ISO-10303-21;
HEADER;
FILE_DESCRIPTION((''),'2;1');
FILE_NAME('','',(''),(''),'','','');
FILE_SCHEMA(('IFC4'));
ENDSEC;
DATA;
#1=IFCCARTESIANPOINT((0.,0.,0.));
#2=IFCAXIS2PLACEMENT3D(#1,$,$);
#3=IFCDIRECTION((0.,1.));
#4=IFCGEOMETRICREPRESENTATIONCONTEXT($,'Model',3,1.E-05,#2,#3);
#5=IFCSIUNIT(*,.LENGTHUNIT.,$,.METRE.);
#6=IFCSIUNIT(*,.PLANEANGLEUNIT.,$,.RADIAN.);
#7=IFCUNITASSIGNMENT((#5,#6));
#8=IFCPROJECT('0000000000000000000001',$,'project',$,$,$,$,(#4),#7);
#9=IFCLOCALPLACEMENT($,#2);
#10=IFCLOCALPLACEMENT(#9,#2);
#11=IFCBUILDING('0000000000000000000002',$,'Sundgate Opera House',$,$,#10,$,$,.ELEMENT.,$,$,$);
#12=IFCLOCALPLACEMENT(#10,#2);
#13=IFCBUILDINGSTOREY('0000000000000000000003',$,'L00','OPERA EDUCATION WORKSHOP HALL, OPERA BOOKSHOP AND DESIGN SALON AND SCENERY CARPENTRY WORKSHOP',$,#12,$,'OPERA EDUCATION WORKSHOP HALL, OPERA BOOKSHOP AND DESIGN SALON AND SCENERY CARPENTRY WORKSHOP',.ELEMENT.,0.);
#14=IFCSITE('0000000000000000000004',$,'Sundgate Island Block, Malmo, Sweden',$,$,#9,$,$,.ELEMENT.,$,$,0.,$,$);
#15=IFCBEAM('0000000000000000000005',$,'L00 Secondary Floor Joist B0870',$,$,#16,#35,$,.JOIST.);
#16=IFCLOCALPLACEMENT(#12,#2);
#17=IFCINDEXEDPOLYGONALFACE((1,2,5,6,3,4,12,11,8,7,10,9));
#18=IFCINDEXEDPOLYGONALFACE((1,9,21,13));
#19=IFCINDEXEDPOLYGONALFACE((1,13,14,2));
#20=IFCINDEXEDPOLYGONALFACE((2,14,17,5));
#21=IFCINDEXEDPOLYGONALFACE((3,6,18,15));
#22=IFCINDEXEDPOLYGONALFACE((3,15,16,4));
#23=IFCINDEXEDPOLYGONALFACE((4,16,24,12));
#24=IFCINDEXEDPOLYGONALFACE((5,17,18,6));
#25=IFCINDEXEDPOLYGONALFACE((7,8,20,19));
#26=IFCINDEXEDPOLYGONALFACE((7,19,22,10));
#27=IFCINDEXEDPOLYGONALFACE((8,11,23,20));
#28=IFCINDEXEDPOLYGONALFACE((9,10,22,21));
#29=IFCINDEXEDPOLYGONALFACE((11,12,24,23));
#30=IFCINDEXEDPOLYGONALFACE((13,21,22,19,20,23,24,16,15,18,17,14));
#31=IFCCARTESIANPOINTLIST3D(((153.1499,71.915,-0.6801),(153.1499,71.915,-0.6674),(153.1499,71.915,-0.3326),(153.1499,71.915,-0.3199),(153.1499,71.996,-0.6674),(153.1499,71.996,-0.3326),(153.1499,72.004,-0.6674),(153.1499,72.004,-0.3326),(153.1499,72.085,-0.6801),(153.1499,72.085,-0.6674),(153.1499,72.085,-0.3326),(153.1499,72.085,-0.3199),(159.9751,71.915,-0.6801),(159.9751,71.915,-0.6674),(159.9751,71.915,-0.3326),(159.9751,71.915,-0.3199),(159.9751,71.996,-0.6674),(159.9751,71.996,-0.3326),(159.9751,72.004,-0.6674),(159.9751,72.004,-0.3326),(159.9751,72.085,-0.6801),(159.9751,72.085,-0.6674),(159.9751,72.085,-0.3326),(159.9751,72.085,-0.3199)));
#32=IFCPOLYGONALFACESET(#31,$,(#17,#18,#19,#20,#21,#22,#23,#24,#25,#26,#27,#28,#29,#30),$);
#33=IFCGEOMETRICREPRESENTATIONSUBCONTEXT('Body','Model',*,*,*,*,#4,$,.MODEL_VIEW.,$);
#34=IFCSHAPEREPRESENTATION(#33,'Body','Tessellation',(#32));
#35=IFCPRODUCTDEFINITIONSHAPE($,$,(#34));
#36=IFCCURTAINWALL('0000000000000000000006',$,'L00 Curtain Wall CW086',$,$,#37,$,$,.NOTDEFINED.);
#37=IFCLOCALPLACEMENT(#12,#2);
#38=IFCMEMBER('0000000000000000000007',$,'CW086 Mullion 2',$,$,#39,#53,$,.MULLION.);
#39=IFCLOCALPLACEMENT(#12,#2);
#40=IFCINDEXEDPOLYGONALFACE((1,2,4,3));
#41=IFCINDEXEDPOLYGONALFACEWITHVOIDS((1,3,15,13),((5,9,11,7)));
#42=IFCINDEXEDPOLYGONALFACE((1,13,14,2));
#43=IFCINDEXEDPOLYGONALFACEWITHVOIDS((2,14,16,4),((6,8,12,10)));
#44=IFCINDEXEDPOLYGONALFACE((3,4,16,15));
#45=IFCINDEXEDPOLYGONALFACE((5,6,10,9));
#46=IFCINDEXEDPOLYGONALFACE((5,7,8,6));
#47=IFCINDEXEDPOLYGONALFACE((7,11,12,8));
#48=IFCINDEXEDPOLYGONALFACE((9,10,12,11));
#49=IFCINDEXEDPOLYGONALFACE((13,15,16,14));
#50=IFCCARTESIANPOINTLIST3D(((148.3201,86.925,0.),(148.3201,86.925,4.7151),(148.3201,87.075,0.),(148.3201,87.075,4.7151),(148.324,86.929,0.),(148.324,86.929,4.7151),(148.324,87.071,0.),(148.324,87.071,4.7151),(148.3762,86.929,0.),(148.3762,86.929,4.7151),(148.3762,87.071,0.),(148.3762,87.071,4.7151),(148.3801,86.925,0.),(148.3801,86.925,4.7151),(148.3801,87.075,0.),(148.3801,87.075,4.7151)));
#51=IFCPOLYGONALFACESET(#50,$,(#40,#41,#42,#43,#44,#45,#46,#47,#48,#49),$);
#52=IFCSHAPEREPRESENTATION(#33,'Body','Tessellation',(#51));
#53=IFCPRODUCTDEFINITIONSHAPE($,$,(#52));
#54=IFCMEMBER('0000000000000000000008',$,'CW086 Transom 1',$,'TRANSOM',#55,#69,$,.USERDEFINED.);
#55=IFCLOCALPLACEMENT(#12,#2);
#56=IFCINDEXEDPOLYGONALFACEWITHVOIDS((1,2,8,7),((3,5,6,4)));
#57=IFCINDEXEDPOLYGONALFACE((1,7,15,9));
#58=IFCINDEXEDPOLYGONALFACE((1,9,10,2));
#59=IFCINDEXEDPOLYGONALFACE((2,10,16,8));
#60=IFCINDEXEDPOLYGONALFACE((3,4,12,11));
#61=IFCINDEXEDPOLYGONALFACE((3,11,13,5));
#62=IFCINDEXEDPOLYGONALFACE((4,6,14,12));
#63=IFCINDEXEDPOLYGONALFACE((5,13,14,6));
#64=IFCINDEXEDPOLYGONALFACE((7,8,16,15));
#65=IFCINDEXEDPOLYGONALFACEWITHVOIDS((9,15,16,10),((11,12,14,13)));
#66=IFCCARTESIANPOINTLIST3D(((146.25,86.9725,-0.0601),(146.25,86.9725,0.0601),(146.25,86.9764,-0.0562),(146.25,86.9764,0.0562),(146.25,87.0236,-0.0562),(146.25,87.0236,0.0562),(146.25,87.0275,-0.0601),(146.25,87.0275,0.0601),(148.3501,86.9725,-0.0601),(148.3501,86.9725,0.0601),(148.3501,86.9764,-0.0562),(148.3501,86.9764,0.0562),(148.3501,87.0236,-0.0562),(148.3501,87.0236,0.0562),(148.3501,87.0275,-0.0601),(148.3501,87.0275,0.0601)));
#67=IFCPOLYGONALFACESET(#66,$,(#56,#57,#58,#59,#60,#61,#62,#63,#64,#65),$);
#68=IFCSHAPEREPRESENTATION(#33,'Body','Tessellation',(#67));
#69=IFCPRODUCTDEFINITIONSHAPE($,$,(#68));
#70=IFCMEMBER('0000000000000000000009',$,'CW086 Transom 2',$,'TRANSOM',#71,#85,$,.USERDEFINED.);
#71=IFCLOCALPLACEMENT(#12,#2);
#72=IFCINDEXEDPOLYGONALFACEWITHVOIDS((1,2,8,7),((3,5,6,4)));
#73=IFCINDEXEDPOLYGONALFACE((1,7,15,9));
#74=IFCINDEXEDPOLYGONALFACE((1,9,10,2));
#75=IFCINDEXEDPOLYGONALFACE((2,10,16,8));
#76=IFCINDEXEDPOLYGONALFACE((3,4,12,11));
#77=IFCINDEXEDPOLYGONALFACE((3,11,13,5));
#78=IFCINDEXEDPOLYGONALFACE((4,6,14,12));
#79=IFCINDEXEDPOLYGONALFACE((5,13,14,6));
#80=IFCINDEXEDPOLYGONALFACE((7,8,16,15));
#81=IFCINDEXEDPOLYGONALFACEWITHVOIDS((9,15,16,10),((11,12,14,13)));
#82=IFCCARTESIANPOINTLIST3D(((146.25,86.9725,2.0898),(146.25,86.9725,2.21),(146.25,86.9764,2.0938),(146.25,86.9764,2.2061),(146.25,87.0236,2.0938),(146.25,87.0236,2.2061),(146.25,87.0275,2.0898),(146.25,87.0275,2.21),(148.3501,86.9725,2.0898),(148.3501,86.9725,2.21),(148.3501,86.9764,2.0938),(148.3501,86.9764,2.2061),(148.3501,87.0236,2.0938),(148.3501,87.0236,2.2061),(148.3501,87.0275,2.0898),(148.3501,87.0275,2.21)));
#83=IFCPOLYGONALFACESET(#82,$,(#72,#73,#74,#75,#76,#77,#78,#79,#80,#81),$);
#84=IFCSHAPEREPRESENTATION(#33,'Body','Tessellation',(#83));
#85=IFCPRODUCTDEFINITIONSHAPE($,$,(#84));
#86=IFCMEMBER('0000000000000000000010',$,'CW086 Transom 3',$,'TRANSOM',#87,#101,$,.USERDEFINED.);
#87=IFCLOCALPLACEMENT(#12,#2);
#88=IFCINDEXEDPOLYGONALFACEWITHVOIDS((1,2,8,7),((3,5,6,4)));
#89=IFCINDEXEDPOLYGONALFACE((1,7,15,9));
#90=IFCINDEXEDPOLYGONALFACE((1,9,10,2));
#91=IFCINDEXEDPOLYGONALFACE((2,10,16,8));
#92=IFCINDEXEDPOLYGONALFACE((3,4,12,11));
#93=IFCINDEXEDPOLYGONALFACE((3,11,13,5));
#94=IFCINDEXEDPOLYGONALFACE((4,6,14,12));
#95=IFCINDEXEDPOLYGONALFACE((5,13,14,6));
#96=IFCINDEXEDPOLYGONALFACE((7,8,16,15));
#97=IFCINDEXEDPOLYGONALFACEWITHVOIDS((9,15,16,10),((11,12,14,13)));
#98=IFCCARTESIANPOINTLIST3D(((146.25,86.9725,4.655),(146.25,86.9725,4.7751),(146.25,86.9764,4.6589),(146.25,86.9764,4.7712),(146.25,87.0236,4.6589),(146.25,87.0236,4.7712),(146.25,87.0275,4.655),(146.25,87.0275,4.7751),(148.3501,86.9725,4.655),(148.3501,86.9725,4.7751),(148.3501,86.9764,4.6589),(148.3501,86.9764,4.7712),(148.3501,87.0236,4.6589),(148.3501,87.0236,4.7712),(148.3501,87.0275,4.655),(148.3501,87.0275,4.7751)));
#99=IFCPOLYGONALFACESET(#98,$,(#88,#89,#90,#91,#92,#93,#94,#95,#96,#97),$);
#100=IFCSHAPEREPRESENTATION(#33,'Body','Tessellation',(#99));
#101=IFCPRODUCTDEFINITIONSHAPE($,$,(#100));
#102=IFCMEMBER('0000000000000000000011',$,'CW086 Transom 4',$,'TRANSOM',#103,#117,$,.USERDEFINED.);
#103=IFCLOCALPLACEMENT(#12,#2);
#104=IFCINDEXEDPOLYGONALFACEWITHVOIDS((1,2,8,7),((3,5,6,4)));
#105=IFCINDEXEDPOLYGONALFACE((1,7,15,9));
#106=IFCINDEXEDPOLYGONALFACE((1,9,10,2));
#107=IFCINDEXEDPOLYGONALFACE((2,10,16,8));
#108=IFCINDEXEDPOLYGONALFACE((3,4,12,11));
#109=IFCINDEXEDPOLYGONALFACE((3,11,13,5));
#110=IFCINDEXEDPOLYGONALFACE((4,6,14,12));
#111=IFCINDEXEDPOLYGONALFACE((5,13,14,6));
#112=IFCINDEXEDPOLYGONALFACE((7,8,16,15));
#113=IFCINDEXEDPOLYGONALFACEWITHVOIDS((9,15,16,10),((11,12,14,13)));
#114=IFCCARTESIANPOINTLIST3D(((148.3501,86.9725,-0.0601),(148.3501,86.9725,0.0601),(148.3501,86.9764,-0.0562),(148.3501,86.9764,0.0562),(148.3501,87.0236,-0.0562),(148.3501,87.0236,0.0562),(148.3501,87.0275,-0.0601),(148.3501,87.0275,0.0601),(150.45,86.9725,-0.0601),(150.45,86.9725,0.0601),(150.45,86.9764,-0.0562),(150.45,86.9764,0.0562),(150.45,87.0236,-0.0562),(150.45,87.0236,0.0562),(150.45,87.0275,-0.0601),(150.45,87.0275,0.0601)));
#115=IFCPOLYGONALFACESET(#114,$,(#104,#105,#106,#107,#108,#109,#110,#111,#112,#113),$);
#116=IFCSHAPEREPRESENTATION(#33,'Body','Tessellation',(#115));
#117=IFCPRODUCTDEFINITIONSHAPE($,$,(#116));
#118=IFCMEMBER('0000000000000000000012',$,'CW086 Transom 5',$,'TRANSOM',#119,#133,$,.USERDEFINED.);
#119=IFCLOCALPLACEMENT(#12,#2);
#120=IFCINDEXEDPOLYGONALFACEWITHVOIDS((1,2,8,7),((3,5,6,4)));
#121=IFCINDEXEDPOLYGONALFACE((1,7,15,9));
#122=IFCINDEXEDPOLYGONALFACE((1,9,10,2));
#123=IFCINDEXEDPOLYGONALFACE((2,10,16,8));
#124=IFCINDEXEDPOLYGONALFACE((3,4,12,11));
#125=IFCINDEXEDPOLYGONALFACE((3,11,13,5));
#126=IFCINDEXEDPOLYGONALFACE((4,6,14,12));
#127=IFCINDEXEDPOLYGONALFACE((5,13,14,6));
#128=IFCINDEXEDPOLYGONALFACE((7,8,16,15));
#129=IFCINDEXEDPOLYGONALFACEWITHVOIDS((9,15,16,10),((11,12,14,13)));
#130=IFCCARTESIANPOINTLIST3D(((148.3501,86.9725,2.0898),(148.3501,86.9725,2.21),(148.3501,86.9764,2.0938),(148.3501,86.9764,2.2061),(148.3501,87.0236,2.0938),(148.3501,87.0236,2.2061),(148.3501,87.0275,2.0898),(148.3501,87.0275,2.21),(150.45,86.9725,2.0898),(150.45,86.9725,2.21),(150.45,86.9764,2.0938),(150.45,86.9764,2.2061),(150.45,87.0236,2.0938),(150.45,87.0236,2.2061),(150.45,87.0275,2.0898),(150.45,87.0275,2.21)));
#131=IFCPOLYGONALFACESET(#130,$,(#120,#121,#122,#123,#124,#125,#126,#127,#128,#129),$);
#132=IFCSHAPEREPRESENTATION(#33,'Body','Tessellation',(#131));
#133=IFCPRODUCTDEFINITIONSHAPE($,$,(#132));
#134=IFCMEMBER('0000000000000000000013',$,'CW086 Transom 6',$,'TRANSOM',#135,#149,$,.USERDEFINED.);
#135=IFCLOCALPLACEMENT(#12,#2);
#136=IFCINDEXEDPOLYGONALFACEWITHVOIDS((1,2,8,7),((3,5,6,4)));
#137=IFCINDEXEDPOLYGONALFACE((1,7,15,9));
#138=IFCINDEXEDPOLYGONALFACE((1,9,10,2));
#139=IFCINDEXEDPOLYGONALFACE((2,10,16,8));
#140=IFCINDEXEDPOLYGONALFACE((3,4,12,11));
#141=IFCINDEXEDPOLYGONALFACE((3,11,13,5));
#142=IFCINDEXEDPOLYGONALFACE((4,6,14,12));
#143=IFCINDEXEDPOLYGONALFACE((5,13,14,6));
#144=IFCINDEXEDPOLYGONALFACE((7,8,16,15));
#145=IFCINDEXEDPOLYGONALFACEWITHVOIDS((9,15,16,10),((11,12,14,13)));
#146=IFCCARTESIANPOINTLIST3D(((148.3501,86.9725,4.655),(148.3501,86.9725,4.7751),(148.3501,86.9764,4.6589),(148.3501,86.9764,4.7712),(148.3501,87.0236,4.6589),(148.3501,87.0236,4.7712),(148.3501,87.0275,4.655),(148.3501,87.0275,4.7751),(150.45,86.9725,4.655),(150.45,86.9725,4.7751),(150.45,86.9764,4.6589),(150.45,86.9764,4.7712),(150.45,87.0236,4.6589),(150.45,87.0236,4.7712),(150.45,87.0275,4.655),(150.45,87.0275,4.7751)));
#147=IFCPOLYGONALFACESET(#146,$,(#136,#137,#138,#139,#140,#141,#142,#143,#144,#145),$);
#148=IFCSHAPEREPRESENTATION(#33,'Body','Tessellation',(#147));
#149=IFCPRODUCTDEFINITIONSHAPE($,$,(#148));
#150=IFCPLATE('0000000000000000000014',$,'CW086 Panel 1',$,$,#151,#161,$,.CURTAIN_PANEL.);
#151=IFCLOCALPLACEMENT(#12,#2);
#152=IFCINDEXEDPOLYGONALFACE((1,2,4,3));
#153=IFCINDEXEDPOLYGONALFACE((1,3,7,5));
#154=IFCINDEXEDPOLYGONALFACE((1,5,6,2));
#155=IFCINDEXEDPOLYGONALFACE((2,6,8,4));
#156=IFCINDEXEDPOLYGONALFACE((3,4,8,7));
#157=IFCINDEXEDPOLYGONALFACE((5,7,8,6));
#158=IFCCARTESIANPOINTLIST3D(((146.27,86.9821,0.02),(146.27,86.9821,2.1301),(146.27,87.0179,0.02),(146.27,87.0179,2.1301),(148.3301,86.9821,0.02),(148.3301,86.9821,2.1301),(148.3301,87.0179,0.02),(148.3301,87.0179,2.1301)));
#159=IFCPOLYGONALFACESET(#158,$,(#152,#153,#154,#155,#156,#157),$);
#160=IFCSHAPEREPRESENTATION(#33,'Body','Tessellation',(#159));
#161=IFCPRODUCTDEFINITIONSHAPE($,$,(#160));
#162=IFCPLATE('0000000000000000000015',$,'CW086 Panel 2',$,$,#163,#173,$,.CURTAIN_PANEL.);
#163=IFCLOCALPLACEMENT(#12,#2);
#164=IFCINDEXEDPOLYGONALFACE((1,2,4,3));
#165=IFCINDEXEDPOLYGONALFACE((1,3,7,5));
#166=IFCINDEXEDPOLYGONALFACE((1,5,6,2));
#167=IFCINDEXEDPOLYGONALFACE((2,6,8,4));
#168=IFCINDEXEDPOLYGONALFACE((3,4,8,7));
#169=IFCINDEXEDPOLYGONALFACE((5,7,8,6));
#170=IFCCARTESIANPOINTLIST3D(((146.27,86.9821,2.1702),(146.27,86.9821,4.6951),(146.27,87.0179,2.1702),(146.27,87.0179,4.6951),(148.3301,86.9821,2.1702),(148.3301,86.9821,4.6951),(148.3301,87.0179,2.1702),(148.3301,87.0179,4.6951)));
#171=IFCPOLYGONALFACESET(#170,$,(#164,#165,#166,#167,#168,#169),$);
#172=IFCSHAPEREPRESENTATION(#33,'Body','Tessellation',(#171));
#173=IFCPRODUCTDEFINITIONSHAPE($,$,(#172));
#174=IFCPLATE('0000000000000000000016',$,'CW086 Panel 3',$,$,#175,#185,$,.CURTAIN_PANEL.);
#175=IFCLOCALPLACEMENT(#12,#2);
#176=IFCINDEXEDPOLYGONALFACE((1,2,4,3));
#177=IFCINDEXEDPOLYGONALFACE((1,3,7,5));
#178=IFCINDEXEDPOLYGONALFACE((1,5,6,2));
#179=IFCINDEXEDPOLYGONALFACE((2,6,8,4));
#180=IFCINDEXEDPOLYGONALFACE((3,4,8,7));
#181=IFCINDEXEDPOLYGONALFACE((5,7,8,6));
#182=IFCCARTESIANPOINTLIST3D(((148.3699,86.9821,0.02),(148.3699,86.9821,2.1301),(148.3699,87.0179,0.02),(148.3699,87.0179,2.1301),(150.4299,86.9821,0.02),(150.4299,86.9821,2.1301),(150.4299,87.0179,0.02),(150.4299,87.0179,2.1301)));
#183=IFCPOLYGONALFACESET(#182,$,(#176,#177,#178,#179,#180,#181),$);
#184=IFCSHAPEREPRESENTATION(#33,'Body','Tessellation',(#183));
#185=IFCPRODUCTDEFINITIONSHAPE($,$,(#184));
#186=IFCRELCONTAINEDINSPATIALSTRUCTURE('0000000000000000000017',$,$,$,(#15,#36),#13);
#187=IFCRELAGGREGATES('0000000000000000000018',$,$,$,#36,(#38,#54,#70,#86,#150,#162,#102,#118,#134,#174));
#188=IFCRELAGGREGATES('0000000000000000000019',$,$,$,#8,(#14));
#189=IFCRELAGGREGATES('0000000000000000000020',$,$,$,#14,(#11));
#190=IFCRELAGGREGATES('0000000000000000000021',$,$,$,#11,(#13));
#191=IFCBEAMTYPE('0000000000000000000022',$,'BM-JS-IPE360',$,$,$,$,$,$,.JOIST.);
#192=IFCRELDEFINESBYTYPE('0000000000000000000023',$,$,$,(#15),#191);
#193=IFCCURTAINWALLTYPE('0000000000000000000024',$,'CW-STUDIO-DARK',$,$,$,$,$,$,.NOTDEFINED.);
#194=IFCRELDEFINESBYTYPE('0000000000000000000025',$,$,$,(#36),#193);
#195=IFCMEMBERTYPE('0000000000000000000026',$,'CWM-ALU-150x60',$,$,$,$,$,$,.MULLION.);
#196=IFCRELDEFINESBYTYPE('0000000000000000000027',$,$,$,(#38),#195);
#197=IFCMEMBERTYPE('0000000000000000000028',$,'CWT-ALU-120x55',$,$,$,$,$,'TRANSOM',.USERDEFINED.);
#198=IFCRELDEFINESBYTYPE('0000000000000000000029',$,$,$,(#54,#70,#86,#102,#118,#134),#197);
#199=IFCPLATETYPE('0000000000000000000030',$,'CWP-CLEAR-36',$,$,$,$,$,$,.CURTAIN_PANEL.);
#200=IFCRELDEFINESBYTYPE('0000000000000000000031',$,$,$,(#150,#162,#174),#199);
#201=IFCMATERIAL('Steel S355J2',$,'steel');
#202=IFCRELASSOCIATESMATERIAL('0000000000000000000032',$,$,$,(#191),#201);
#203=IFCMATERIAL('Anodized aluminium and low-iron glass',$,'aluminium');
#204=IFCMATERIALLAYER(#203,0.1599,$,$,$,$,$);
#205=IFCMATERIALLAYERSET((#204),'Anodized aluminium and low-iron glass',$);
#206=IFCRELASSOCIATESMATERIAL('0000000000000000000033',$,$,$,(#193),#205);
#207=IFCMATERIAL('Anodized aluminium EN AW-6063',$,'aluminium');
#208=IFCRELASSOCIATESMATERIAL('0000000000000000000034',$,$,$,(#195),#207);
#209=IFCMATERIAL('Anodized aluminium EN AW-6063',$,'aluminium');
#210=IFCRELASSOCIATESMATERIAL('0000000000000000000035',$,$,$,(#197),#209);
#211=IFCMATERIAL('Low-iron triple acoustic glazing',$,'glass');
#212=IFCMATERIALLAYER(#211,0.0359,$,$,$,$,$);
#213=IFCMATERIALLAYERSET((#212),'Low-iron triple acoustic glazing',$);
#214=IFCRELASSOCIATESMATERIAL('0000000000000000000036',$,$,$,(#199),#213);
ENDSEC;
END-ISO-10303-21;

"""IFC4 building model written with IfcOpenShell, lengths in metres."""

from ifc_helpers import new_model, si_unit, direction, frame, origin, origin_2d, place, context, subcontext, project, spatial, rectangle, hollow_rectangle, i_section, extrude, material, layer, layer_set, material_profile, profile_set, type_object, element, aggregate, save


model = new_model("IFC4")

# Units and contexts
model_context = context("Model", 3, precision=1e-05, world=origin(), true_north=direction((0.0, 1.0)))
body_context = subcontext(model_context, "Body", "Model", "MODEL_VIEW")
ifc_project = project(units=[si_unit("LENGTHUNIT", "METRE"), si_unit("PLANEANGLEUNIT", "RADIAN")], contexts=[model_context])

# Site, building, storey
site_placement = place(None, origin())
site = spatial("IfcSite", under=ifc_project, at=site_placement, Name="Sundgate Island Block, Malmo, Sweden", CompositionType="ELEMENT", RefElevation=0.0)
building_placement = place(site_placement, origin())
building = spatial("IfcBuilding", under=site, at=building_placement, Name="Sundgate Opera House", CompositionType="ELEMENT")
storey_placement = place(building_placement, origin())
storey = spatial("IfcBuildingStorey", under=building, at=storey_placement, Name="L00", Description="OPERA EDUCATION WORKSHOP HALL, OPERA BOOKSHOP AND DESIGN SALON AND SCENERY CARPENTRY WORKSHOP", LongName="OPERA EDUCATION WORKSHOP HALL, OPERA BOOKSHOP AND DESIGN SALON AND SCENERY CARPENTRY WORKSHOP", CompositionType="ELEMENT", Elevation=0.0)

# Beam
ifc_material_1 = material(Name="Steel S355J2", Category="steel")
ifc_material_profile_1 = material_profile(ifc_material_1, i_section(OverallWidth=0.1699, OverallDepth=0.3601, WebThickness=0.0081, FlangeThickness=0.0127, at=origin_2d()), Name="IPE 360")
ifc_profile_set_1 = profile_set([ifc_material_profile_1], Name="Steel S355J2")
beam_type_1 = type_object("IfcBeamType", Name="BM-JS-IPE360", PredefinedType="JOIST", material=ifc_profile_set_1)
beam_1_placement = place(storey_placement, frame((153.1499, 72.0, -0.5), z_axis=(1.0, 0.0, 0.0), x_axis=(0.0, 1.0, 0.0)))
element("IfcBeam", 1, at=beam_1_placement, inside=storey, type_object=beam_type_1, Name="L00 Secondary Floor Joist B0870", PredefinedType="JOIST", context=body_context, shape_type="SweptSolid", body=[
    extrude(i_section(OverallWidth=0.1699, OverallDepth=0.3601, WebThickness=0.0081, FlangeThickness=0.0127, at=origin_2d()), origin(), (0.0, 0.0, 1.0), 6.8252),
])

# Curtain wall, members, plates
ifc_material_2 = material(Name="Anodized aluminium and low-iron glass", Category="aluminium")
ifc_layer_1 = layer(ifc_material_2, 0.1599)
ifc_layer_set_1 = layer_set([ifc_layer_1], Name="Anodized aluminium and low-iron glass")
curtain_wall_type = type_object("IfcCurtainWallType", Name="CW-STUDIO-DARK", PredefinedType="NOTDEFINED", material=ifc_layer_set_1)
curtain_wall_placement = place(storey_placement, origin())
curtain_wall = element("IfcCurtainWall", 2, at=curtain_wall_placement, inside=storey, type_object=curtain_wall_type, Name="L00 Curtain Wall CW086", PredefinedType="NOTDEFINED")
ifc_material_3 = material(Name="Anodized aluminium EN AW-6063", Category="aluminium")
ifc_material_profile_2 = material_profile(ifc_material_3, hollow_rectangle(XDim=0.0601, YDim=0.1499, WallThickness=0.0039, at=origin_2d()), Name="CWM 150x60x4")
ifc_profile_set_2 = profile_set([ifc_material_profile_2], Name="Anodized aluminium EN AW-6063")
member_type_1 = type_object("IfcMemberType", Name="CWM-ALU-150x60", PredefinedType="MULLION", material=ifc_profile_set_2)
member_1_placement = place(storey_placement, frame((148.3501, 87.0, 0.0), z_axis=(0.0, 0.0, 1.0), x_axis=(1.0, 0.0, 0.0)))
member_1 = element("IfcMember", 3, at=member_1_placement, type_object=member_type_1, Name="CW086 Mullion 2", PredefinedType="MULLION", context=body_context, shape_type="SweptSolid", body=[
    extrude(hollow_rectangle(XDim=0.0601, YDim=0.1499, WallThickness=0.0039, at=origin_2d()), origin(), (0.0, 0.0, 1.0), 4.7151),
])
ifc_material_4 = material(Name="Anodized aluminium EN AW-6063", Category="aluminium")
ifc_material_profile_3 = material_profile(ifc_material_4, hollow_rectangle(XDim=0.0549, YDim=0.1201, WallThickness=0.0039, at=origin_2d()), Name="CWT 120x55x4")
ifc_profile_set_3 = profile_set([ifc_material_profile_3], Name="Anodized aluminium EN AW-6063")
member_type_2 = type_object("IfcMemberType", Name="CWT-ALU-120x55", ElementType="TRANSOM", PredefinedType="USERDEFINED", material=ifc_profile_set_3)
member_2_placement = place(storey_placement, frame((146.25, 87.0, 0.0), z_axis=(1.0, 0.0, 0.0), x_axis=(0.0, 1.0, 0.0)))
member_2 = element("IfcMember", 4, at=member_2_placement, type_object=member_type_2, Name="CW086 Transom 1", ObjectType="TRANSOM", PredefinedType="USERDEFINED", context=body_context, shape_type="SweptSolid", body=[
    extrude(hollow_rectangle(XDim=0.0549, YDim=0.1201, WallThickness=0.0039, at=origin_2d()), origin(), (0.0, 0.0, 1.0), 2.1001),
])
member_3_placement = place(storey_placement, frame((146.25, 87.0, 2.1499), z_axis=(1.0, 0.0, 0.0), x_axis=(0.0, 1.0, 0.0)))
member_3 = element("IfcMember", 5, at=member_3_placement, type_object=member_type_2, Name="CW086 Transom 2", ObjectType="TRANSOM", PredefinedType="USERDEFINED", context=body_context, shape_type="SweptSolid", body=[
    extrude(hollow_rectangle(XDim=0.0549, YDim=0.1201, WallThickness=0.0039, at=origin_2d()), origin(), (0.0, 0.0, 1.0), 2.1001),
])
member_4_placement = place(storey_placement, frame((146.25, 87.0, 4.7151), z_axis=(1.0, 0.0, 0.0), x_axis=(0.0, 1.0, 0.0)))
member_4 = element("IfcMember", 6, at=member_4_placement, type_object=member_type_2, Name="CW086 Transom 3", ObjectType="TRANSOM", PredefinedType="USERDEFINED", context=body_context, shape_type="SweptSolid", body=[
    extrude(hollow_rectangle(XDim=0.0549, YDim=0.1201, WallThickness=0.0039, at=origin_2d()), origin(), (0.0, 0.0, 1.0), 2.1001),
])
member_5_placement = place(storey_placement, frame((148.3501, 87.0, 0.0), z_axis=(1.0, 0.0, 0.0), x_axis=(0.0, 1.0, 0.0)))
member_5 = element("IfcMember", 7, at=member_5_placement, type_object=member_type_2, Name="CW086 Transom 4", ObjectType="TRANSOM", PredefinedType="USERDEFINED", context=body_context, shape_type="SweptSolid", body=[
    extrude(hollow_rectangle(XDim=0.0549, YDim=0.1201, WallThickness=0.0039, at=origin_2d()), origin(), (0.0, 0.0, 1.0), 2.0999),
])
member_6_placement = place(storey_placement, frame((148.3501, 87.0, 2.1499), z_axis=(1.0, 0.0, 0.0), x_axis=(0.0, 1.0, 0.0)))
member_6 = element("IfcMember", 8, at=member_6_placement, type_object=member_type_2, Name="CW086 Transom 5", ObjectType="TRANSOM", PredefinedType="USERDEFINED", context=body_context, shape_type="SweptSolid", body=[
    extrude(hollow_rectangle(XDim=0.0549, YDim=0.1201, WallThickness=0.0039, at=origin_2d()), origin(), (0.0, 0.0, 1.0), 2.0999),
])
member_7_placement = place(storey_placement, frame((148.3501, 87.0, 4.7151), z_axis=(1.0, 0.0, 0.0), x_axis=(0.0, 1.0, 0.0)))
member_7 = element("IfcMember", 9, at=member_7_placement, type_object=member_type_2, Name="CW086 Transom 6", ObjectType="TRANSOM", PredefinedType="USERDEFINED", context=body_context, shape_type="SweptSolid", body=[
    extrude(hollow_rectangle(XDim=0.0549, YDim=0.1201, WallThickness=0.0039, at=origin_2d()), origin(), (0.0, 0.0, 1.0), 2.0999),
])
ifc_material_5 = material(Name="Low-iron triple acoustic glazing", Category="glass")
ifc_layer_2 = layer(ifc_material_5, 0.0359)
ifc_layer_set_2 = layer_set([ifc_layer_2], Name="Low-iron triple acoustic glazing")
plate_type = type_object("IfcPlateType", Name="CWP-CLEAR-36", PredefinedType="CURTAIN_PANEL", material=ifc_layer_set_2)
plate_1_placement = place(storey_placement, frame((147.3, 87.0, 0.02), z_axis=(0.0, 0.0, 1.0), x_axis=(1.0, 0.0, 0.0)))
plate_1 = element("IfcPlate", 10, at=plate_1_placement, type_object=plate_type, Name="CW086 Panel 1", PredefinedType="CURTAIN_PANEL", context=body_context, shape_type="SweptSolid", body=[
    extrude(rectangle(XDim=2.0601, YDim=0.0359, at=origin_2d()), origin(), (0.0, 0.0, 1.0), 2.1101),
])
plate_2_placement = place(storey_placement, frame((147.3, 87.0, 2.1702), z_axis=(0.0, 0.0, 1.0), x_axis=(1.0, 0.0, 0.0)))
plate_2 = element("IfcPlate", 11, at=plate_2_placement, type_object=plate_type, Name="CW086 Panel 2", PredefinedType="CURTAIN_PANEL", context=body_context, shape_type="SweptSolid", body=[
    extrude(rectangle(XDim=2.0601, YDim=0.0359, at=origin_2d()), origin(), (0.0, 0.0, 1.0), 2.5249),
])
plate_3_placement = place(storey_placement, frame((149.3999, 87.0, 0.02), z_axis=(0.0, 0.0, 1.0), x_axis=(1.0, 0.0, 0.0)))
plate_3 = element("IfcPlate", 12, at=plate_3_placement, type_object=plate_type, Name="CW086 Panel 3", PredefinedType="CURTAIN_PANEL", context=body_context, shape_type="SweptSolid", body=[
    extrude(rectangle(XDim=2.0601, YDim=0.0359, at=origin_2d()), origin(), (0.0, 0.0, 1.0), 2.1101),
])
aggregate(curtain_wall, [member_1, member_2, member_3, member_4, plate_1, plate_2, member_5, member_6, member_7, plate_3])

save(model, "model.ifc")
